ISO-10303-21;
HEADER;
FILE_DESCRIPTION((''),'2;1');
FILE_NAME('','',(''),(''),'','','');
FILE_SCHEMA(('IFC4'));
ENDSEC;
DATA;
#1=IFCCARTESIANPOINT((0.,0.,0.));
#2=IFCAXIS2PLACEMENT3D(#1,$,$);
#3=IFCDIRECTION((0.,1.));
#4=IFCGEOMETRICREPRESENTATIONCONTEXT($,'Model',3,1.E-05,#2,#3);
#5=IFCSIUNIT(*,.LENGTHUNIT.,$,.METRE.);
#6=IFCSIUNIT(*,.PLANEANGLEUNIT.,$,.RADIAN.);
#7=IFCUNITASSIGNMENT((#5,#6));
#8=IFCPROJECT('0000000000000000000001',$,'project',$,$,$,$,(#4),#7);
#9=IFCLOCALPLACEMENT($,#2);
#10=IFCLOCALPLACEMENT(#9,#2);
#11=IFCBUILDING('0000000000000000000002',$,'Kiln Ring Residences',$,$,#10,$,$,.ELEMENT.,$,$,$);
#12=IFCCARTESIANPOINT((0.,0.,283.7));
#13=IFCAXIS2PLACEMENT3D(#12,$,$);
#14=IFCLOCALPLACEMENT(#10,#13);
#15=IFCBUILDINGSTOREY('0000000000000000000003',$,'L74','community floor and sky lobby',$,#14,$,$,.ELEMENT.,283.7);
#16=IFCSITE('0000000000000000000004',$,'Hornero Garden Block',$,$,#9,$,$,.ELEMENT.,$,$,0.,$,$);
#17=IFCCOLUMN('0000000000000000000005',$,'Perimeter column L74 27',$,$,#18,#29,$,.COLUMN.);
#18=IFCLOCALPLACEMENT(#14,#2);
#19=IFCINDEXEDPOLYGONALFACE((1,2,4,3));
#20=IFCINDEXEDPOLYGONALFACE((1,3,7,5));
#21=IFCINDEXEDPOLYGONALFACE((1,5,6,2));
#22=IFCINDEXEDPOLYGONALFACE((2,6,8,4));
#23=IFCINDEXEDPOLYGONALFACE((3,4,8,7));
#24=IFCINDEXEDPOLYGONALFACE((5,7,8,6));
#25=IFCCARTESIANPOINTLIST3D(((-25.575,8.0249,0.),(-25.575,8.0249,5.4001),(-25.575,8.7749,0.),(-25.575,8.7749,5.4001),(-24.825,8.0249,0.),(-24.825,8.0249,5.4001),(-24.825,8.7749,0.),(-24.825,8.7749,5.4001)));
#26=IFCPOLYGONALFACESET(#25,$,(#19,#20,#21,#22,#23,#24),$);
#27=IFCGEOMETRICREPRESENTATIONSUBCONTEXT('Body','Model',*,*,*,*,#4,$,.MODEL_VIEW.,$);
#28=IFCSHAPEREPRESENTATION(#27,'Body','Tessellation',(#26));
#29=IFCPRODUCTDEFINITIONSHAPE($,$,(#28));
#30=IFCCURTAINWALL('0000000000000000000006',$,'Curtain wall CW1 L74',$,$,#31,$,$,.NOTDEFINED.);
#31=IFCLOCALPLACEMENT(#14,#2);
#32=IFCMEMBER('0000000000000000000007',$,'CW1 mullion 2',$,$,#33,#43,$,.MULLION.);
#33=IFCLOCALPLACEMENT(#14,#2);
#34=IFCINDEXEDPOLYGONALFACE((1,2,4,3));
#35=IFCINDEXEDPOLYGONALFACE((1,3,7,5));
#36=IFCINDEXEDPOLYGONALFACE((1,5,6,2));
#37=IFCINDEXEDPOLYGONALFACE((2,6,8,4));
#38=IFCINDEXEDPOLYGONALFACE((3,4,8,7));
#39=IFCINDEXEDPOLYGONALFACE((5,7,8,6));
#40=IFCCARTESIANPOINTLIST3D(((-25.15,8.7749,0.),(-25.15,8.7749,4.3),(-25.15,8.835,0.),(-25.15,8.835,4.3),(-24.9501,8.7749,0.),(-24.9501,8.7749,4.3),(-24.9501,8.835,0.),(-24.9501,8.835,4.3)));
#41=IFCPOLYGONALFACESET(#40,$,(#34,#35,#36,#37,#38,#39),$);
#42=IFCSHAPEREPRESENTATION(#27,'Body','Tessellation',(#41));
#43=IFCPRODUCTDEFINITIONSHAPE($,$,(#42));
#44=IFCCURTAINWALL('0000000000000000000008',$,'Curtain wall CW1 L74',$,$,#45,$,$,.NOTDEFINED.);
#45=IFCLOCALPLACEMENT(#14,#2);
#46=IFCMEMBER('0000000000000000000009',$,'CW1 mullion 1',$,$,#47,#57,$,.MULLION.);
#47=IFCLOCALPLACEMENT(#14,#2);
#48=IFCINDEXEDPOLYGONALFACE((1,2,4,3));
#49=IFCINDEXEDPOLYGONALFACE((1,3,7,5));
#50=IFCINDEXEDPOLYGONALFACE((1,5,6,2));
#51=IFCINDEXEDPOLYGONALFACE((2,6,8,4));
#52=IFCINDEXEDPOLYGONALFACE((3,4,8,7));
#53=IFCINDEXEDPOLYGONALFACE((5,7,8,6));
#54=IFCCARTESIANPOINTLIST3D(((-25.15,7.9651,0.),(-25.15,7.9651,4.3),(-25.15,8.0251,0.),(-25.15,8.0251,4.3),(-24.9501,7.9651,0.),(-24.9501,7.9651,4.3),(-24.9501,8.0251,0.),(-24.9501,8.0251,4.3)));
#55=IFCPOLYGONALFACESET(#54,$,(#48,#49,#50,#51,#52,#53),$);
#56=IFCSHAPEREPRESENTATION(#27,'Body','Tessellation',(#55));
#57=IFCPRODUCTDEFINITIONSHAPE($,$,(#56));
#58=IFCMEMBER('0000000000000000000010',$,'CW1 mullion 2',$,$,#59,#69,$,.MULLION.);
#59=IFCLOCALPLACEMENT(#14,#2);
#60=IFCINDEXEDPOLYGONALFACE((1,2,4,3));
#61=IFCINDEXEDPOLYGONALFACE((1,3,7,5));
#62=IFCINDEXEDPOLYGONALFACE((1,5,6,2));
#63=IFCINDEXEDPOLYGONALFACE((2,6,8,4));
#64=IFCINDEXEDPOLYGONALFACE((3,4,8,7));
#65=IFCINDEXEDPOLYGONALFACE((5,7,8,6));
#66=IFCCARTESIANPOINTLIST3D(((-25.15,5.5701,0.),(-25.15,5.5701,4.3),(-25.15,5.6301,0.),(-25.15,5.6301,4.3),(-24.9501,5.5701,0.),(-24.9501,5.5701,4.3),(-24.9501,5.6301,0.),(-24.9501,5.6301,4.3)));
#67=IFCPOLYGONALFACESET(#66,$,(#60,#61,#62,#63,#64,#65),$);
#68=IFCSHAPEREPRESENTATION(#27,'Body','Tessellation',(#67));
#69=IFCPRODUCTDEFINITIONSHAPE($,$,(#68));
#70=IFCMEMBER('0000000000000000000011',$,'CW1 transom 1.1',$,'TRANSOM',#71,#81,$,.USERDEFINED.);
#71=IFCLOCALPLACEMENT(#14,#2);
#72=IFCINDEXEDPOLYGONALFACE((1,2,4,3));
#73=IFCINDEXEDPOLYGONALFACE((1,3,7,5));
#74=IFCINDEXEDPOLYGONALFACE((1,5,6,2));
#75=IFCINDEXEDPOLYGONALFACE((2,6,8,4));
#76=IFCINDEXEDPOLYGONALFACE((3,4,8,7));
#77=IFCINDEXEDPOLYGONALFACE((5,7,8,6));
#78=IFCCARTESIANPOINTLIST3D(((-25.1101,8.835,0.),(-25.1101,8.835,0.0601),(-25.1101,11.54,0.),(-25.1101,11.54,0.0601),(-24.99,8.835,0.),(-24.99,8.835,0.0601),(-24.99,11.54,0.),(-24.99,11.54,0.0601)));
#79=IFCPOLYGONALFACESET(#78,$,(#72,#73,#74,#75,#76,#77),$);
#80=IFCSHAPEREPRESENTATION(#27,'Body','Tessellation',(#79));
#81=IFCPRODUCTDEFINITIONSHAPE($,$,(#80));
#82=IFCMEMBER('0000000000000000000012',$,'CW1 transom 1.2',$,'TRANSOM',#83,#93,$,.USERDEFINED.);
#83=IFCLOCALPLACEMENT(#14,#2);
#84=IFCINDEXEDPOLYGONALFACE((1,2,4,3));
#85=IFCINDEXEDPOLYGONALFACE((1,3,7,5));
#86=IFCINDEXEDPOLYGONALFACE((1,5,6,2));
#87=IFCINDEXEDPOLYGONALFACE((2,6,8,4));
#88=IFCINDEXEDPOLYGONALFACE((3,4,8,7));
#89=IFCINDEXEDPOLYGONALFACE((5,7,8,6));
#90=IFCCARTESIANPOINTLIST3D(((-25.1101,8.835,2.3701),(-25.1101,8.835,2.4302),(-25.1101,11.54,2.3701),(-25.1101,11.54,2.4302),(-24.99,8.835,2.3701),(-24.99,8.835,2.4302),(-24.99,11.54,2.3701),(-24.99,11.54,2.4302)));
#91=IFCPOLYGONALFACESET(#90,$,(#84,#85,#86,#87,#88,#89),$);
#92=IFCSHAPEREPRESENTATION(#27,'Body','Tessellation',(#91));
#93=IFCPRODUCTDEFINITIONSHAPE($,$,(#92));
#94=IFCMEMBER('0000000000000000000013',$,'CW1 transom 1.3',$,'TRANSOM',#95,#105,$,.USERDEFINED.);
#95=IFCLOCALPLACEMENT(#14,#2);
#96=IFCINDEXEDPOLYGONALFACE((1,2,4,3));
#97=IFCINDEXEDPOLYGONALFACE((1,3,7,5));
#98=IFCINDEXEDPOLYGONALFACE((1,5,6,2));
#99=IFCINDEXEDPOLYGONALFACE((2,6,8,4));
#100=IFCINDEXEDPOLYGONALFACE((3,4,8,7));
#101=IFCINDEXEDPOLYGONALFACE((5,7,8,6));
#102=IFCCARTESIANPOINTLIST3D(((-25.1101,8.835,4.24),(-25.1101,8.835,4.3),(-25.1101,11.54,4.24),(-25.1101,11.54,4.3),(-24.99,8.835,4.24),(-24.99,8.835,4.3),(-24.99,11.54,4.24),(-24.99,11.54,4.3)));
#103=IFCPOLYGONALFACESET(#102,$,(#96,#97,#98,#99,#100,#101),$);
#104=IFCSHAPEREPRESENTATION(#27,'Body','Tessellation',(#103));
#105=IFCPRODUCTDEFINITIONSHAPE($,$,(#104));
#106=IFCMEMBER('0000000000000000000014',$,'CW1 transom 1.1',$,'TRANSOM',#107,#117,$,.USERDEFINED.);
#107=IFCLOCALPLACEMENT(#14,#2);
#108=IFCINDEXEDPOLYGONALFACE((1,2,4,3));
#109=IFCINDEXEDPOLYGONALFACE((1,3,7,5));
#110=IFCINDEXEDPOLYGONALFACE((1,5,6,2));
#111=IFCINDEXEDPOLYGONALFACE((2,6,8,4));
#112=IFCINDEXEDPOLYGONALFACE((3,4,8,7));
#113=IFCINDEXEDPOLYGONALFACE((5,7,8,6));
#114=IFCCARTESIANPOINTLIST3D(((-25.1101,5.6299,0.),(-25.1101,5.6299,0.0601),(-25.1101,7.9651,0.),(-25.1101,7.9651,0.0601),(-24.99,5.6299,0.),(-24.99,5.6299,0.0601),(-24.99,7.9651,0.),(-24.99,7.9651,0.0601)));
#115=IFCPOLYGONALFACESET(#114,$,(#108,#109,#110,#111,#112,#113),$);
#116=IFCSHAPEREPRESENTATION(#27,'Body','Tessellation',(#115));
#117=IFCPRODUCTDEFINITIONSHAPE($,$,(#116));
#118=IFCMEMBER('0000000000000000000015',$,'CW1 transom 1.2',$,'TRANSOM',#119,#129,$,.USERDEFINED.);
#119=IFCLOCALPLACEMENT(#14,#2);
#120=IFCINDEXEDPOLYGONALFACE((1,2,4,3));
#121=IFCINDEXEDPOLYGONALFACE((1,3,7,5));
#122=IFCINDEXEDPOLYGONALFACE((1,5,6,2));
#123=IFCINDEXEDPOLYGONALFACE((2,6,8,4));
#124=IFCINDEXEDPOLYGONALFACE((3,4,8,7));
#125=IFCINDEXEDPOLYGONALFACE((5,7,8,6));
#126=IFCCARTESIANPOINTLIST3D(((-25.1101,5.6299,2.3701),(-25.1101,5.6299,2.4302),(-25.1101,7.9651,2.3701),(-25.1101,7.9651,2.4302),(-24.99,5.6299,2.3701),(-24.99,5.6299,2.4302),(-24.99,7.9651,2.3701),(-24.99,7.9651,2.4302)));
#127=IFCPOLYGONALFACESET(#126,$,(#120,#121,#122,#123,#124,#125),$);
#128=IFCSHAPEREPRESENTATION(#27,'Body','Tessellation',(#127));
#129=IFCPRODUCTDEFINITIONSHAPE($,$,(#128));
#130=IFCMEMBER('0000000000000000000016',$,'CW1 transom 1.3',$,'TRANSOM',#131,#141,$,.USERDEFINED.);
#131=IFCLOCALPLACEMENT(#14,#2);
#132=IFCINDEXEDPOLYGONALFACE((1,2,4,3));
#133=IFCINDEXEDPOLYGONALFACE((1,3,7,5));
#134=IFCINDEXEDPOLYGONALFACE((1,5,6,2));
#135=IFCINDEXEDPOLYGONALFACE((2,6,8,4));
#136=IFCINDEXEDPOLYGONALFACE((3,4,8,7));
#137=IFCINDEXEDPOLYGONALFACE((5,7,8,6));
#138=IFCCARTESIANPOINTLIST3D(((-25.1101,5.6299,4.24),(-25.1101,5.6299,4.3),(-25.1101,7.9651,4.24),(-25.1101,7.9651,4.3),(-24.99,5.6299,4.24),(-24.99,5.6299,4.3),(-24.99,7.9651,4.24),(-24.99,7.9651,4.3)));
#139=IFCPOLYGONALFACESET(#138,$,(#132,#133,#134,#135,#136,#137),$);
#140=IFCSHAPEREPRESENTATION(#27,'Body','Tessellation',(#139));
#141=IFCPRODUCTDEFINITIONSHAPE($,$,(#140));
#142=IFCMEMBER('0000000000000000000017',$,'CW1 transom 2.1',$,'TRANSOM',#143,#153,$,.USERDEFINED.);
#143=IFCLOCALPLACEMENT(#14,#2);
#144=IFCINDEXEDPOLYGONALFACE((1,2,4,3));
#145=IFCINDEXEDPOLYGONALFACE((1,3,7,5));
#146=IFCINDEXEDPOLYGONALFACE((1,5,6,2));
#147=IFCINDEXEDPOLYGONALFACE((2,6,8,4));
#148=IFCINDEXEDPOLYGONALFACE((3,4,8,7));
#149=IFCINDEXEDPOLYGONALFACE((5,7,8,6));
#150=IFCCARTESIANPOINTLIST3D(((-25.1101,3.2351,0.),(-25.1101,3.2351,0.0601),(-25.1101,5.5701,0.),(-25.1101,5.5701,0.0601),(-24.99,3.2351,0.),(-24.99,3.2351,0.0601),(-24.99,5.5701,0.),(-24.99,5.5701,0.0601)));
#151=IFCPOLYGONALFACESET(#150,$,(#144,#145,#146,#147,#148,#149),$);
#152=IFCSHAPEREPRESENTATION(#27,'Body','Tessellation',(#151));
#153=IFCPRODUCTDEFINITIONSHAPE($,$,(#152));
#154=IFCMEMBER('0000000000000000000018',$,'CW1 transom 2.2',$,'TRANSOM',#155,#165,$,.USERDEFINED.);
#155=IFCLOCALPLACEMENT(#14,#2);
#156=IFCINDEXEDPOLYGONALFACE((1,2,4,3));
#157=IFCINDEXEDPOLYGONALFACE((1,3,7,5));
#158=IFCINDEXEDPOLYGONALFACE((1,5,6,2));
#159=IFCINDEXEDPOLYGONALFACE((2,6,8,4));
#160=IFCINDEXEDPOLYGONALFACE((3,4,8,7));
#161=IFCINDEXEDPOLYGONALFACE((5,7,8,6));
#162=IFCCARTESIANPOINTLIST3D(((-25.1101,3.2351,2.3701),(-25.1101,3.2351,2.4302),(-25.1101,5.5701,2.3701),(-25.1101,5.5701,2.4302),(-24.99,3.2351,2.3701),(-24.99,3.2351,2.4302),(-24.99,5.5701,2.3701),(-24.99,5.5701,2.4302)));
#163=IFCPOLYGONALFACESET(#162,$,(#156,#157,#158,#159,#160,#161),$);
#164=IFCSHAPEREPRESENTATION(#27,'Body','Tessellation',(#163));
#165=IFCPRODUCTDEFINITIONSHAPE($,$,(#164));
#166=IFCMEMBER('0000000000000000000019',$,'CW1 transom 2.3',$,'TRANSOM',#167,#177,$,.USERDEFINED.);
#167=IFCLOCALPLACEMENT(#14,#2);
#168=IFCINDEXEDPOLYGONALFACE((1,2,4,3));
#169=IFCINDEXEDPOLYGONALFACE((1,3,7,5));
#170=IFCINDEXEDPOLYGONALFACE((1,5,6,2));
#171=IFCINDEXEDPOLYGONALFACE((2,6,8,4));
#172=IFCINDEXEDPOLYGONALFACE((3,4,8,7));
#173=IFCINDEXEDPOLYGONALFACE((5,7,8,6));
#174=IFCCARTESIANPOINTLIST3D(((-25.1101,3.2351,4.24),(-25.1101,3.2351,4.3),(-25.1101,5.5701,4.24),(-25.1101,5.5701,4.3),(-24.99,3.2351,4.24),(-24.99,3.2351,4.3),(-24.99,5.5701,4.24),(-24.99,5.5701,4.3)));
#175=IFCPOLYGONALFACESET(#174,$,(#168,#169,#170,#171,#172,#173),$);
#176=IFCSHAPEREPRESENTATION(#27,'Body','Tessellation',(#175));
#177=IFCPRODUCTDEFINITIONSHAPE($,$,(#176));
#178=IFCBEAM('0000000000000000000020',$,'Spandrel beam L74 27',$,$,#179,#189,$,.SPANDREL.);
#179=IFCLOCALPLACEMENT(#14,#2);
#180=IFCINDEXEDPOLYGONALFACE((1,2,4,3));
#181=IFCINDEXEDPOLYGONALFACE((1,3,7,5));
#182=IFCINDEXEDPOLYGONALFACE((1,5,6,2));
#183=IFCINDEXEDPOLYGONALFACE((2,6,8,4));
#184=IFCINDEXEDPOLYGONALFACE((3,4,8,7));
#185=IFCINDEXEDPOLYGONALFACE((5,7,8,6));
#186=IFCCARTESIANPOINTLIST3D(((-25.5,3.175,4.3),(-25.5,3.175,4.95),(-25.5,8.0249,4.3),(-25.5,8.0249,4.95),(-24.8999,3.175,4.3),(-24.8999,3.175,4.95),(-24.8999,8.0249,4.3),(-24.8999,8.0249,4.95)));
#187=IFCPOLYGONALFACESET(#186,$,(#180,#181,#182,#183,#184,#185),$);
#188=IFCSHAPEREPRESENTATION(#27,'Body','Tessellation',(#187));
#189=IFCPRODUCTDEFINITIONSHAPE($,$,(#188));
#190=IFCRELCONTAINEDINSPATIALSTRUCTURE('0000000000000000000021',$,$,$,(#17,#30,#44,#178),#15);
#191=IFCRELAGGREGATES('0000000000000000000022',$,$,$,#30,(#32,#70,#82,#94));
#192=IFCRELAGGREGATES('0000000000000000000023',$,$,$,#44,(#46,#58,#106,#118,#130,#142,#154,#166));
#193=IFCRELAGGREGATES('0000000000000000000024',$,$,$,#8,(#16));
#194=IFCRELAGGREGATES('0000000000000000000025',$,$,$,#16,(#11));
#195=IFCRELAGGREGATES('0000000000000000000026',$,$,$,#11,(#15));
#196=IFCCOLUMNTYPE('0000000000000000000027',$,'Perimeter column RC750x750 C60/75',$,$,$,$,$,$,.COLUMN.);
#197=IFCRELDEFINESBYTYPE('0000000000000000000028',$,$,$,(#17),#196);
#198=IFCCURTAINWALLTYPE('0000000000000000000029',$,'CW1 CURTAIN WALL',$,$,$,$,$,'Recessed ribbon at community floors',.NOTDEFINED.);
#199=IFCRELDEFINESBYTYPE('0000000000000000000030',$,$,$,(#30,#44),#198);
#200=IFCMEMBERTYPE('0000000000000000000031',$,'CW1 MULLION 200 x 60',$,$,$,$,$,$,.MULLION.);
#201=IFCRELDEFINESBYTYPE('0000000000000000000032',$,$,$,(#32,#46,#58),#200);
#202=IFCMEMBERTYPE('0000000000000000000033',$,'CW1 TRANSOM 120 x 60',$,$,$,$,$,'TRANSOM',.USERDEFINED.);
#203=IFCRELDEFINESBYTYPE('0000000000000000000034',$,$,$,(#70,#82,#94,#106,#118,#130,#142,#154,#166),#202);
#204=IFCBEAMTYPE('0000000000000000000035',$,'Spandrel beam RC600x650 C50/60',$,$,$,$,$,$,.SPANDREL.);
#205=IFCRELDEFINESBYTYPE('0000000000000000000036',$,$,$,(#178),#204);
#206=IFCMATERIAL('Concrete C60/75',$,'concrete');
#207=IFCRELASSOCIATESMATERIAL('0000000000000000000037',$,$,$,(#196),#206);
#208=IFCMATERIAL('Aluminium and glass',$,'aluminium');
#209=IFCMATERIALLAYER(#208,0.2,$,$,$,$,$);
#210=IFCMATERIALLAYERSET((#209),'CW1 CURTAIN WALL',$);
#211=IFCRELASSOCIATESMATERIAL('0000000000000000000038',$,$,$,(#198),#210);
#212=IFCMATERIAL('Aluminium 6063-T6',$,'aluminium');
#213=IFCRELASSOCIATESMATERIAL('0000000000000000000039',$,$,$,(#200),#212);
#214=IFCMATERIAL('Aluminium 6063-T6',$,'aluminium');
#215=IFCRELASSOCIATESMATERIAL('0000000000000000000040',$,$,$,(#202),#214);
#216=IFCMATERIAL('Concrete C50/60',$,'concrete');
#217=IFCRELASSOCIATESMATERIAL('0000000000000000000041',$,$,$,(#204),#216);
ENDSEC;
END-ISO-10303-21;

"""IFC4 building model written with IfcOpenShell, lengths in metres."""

from ifc_helpers import new_model, si_unit, direction, frame, origin, origin_2d, place, context, subcontext, project, spatial, rectangle, extrude, material, layer, layer_set, material_profile, profile_set, type_object, element, aggregate, save


model = new_model("IFC4")

# Units and contexts
model_context = context("Model", 3, precision=1e-05, world=origin(), true_north=direction((0.0, 1.0)))
body_context = subcontext(model_context, "Body", "Model", "MODEL_VIEW")
ifc_project = project(units=[si_unit("LENGTHUNIT", "METRE"), si_unit("PLANEANGLEUNIT", "RADIAN")], contexts=[model_context])

# Site, building, storey
site_placement = place(None, origin())
site = spatial("IfcSite", under=ifc_project, at=site_placement, Name="Hornero Garden Block", CompositionType="ELEMENT", RefElevation=0.0)
building_placement = place(site_placement, origin())
building = spatial("IfcBuilding", under=site, at=building_placement, Name="Kiln Ring Residences", CompositionType="ELEMENT")
storey_placement = place(building_placement, frame((0.0, 0.0, 283.7)))
storey = spatial("IfcBuildingStorey", under=building, at=storey_placement, Name="L74", Description="community floor and sky lobby", CompositionType="ELEMENT", Elevation=283.7)

# Column
ifc_material_1 = material(Name="Concrete C60/75", Category="concrete")
ifc_material_profile_1 = material_profile(ifc_material_1, rectangle(XDim=0.75, YDim=0.75, at=origin_2d()), Name="RC750x750")
ifc_profile_set_1 = profile_set([ifc_material_profile_1], Name="Concrete C60/75")
column_type = type_object("IfcColumnType", Name="Perimeter column RC750x750 C60/75", PredefinedType="COLUMN", material=ifc_profile_set_1)
column_placement = place(storey_placement, frame((-25.2, 8.3999, 0.0), z_axis=(0.0, 0.0, 1.0), x_axis=(1.0, 0.0, 0.0)))
element("IfcColumn", 1, at=column_placement, inside=storey, type_object=column_type, Name="Perimeter column L74 27", PredefinedType="COLUMN", context=body_context, shape_type="SweptSolid", body=[
    extrude(rectangle(XDim=0.75, YDim=0.75, at=origin_2d()), origin(), (0.0, 0.0, 1.0), 5.4001),
])

# Curtain wall, member
ifc_material_2 = material(Name="Aluminium and glass", Category="aluminium")
ifc_layer_1 = layer(ifc_material_2, 0.2)
ifc_layer_set_1 = layer_set([ifc_layer_1], Name="CW1 CURTAIN WALL")
curtain_wall_type = type_object("IfcCurtainWallType", Name="CW1 CURTAIN WALL", ElementType="Recessed ribbon at community floors", PredefinedType="NOTDEFINED", material=ifc_layer_set_1)
placement = place(storey_placement, origin())
curtain_wall_1 = element("IfcCurtainWall", 2, at=placement, inside=storey, type_object=curtain_wall_type, Name="Curtain wall CW1 L74", PredefinedType="NOTDEFINED")
ifc_material_3 = material(Name="Aluminium 6063-T6", Category="aluminium")
ifc_material_profile_2 = material_profile(ifc_material_3, rectangle(XDim=0.2, YDim=0.0601, at=origin_2d()), Name="AL 200x60")
ifc_profile_set_2 = profile_set([ifc_material_profile_2], Name="Aluminium 6063-T6")
member_type_1 = type_object("IfcMemberType", Name="CW1 MULLION 200 x 60", PredefinedType="MULLION", material=ifc_profile_set_2)
member_1_placement = place(storey_placement, frame((-25.05, 8.8049, 0.0), z_axis=(0.0, 0.0, 1.0), x_axis=(1.0, 0.0, 0.0)))
member_1 = element("IfcMember", 3, at=member_1_placement, type_object=member_type_1, Name="CW1 mullion 2", PredefinedType="MULLION", context=body_context, shape_type="SweptSolid", body=[
    extrude(rectangle(XDim=0.2, YDim=0.0601, at=origin_2d()), origin(), (0.0, 0.0, 1.0), 4.3),
])

# Curtain wall, members
curtain_wall_2 = element("IfcCurtainWall", 4, at=placement, inside=storey, type_object=curtain_wall_type, Name="Curtain wall CW1 L74", PredefinedType="NOTDEFINED")
member_2_placement = place(storey_placement, frame((-25.05, 7.9951, 0.0), z_axis=(0.0, 0.0, 1.0), x_axis=(1.0, 0.0, 0.0)))
member_2 = element("IfcMember", 5, at=member_2_placement, type_object=member_type_1, Name="CW1 mullion 1", PredefinedType="MULLION", context=body_context, shape_type="SweptSolid", body=[
    extrude(rectangle(XDim=0.2, YDim=0.0601, at=origin_2d()), origin(), (0.0, 0.0, 1.0), 4.3),
])
member_3_placement = place(storey_placement, frame((-25.05, 5.6001, 0.0), z_axis=(0.0, 0.0, 1.0), x_axis=(1.0, 0.0, 0.0)))
member_3 = element("IfcMember", 6, at=member_3_placement, type_object=member_type_1, Name="CW1 mullion 2", PredefinedType="MULLION", context=body_context, shape_type="SweptSolid", body=[
    extrude(rectangle(XDim=0.2, YDim=0.0601, at=origin_2d()), origin(), (0.0, 0.0, 1.0), 4.3),
])

# Members
ifc_material_4 = material(Name="Aluminium 6063-T6", Category="aluminium")
ifc_material_profile_3 = material_profile(ifc_material_4, rectangle(XDim=0.1201, YDim=0.0601, at=origin_2d()), Name="AL 120x60")
ifc_profile_set_3 = profile_set([ifc_material_profile_3], Name="Aluminium 6063-T6")
member_type_2 = type_object("IfcMemberType", Name="CW1 TRANSOM 120 x 60", ElementType="TRANSOM", PredefinedType="USERDEFINED", material=ifc_profile_set_3)
member_4_placement = place(storey_placement, frame((-25.05, 11.54, 0.03), z_axis=(0.0, -1.0, 0.0), x_axis=(1.0, 0.0, 0.0)))
member_4 = element("IfcMember", 7, at=member_4_placement, type_object=member_type_2, Name="CW1 transom 1.1", ObjectType="TRANSOM", PredefinedType="USERDEFINED", context=body_context, shape_type="SweptSolid", body=[
    extrude(rectangle(XDim=0.1201, YDim=0.0601, at=origin_2d()), origin(), (0.0, 0.0, 1.0), 2.7051),
])
member_5_placement = place(storey_placement, frame((-25.05, 11.54, 2.4001), z_axis=(0.0, -1.0, 0.0), x_axis=(1.0, 0.0, 0.0)))
member_5 = element("IfcMember", 8, at=member_5_placement, type_object=member_type_2, Name="CW1 transom 1.2", ObjectType="TRANSOM", PredefinedType="USERDEFINED", context=body_context, shape_type="SweptSolid", body=[
    extrude(rectangle(XDim=0.1201, YDim=0.0601, at=origin_2d()), origin(), (0.0, 0.0, 1.0), 2.7051),
])
member_6_placement = place(storey_placement, frame((-25.05, 11.54, 4.27), z_axis=(0.0, -1.0, 0.0), x_axis=(1.0, 0.0, 0.0)))
member_6 = element("IfcMember", 9, at=member_6_placement, type_object=member_type_2, Name="CW1 transom 1.3", ObjectType="TRANSOM", PredefinedType="USERDEFINED", context=body_context, shape_type="SweptSolid", body=[
    extrude(rectangle(XDim=0.1201, YDim=0.0601, at=origin_2d()), origin(), (0.0, 0.0, 1.0), 2.7051),
])
member_7_placement = place(storey_placement, frame((-25.05, 7.9651, 0.03), z_axis=(0.0, -1.0, 0.0), x_axis=(1.0, 0.0, 0.0)))
member_7 = element("IfcMember", 10, at=member_7_placement, type_object=member_type_2, Name="CW1 transom 1.1", ObjectType="TRANSOM", PredefinedType="USERDEFINED", context=body_context, shape_type="SweptSolid", body=[
    extrude(rectangle(XDim=0.1201, YDim=0.0601, at=origin_2d()), origin(), (0.0, 0.0, 1.0), 2.3352),
])
member_8_placement = place(storey_placement, frame((-25.05, 7.9651, 2.4001), z_axis=(0.0, -1.0, 0.0), x_axis=(1.0, 0.0, 0.0)))
member_8 = element("IfcMember", 11, at=member_8_placement, type_object=member_type_2, Name="CW1 transom 1.2", ObjectType="TRANSOM", PredefinedType="USERDEFINED", context=body_context, shape_type="SweptSolid", body=[
    extrude(rectangle(XDim=0.1201, YDim=0.0601, at=origin_2d()), origin(), (0.0, 0.0, 1.0), 2.3352),
])
member_9_placement = place(storey_placement, frame((-25.05, 7.9651, 4.27), z_axis=(0.0, -1.0, 0.0), x_axis=(1.0, 0.0, 0.0)))
member_9 = element("IfcMember", 12, at=member_9_placement, type_object=member_type_2, Name="CW1 transom 1.3", ObjectType="TRANSOM", PredefinedType="USERDEFINED", context=body_context, shape_type="SweptSolid", body=[
    extrude(rectangle(XDim=0.1201, YDim=0.0601, at=origin_2d()), origin(), (0.0, 0.0, 1.0), 2.3352),
])
member_10_placement = place(storey_placement, frame((-25.05, 5.5701, 0.03), z_axis=(0.0, -1.0, 0.0), x_axis=(1.0, 0.0, 0.0)))
member_10 = element("IfcMember", 13, at=member_10_placement, type_object=member_type_2, Name="CW1 transom 2.1", ObjectType="TRANSOM", PredefinedType="USERDEFINED", context=body_context, shape_type="SweptSolid", body=[
    extrude(rectangle(XDim=0.1201, YDim=0.0601, at=origin_2d()), origin(), (0.0, 0.0, 1.0), 2.335),
])
member_11_placement = place(storey_placement, frame((-25.05, 5.5701, 2.4001), z_axis=(0.0, -1.0, 0.0), x_axis=(1.0, 0.0, 0.0)))
member_11 = element("IfcMember", 14, at=member_11_placement, type_object=member_type_2, Name="CW1 transom 2.2", ObjectType="TRANSOM", PredefinedType="USERDEFINED", context=body_context, shape_type="SweptSolid", body=[
    extrude(rectangle(XDim=0.1201, YDim=0.0601, at=origin_2d()), origin(), (0.0, 0.0, 1.0), 2.335),
])
member_12_placement = place(storey_placement, frame((-25.05, 5.5701, 4.27), z_axis=(0.0, -1.0, 0.0), x_axis=(1.0, 0.0, 0.0)))
member_12 = element("IfcMember", 15, at=member_12_placement, type_object=member_type_2, Name="CW1 transom 2.3", ObjectType="TRANSOM", PredefinedType="USERDEFINED", context=body_context, shape_type="SweptSolid", body=[
    extrude(rectangle(XDim=0.1201, YDim=0.0601, at=origin_2d()), origin(), (0.0, 0.0, 1.0), 2.335),
])

# Beam
ifc_material_5 = material(Name="Concrete C50/60", Category="concrete")
ifc_material_profile_4 = material_profile(ifc_material_5, rectangle(XDim=0.6001, YDim=0.6499, at=origin_2d()), Name="RC600x650")
ifc_profile_set_4 = profile_set([ifc_material_profile_4], Name="Concrete C50/60")
beam_type = type_object("IfcBeamType", Name="Spandrel beam RC600x650 C50/60", PredefinedType="SPANDREL", material=ifc_profile_set_4)
beam_placement = place(storey_placement, frame((-25.2, 8.0249, 4.625), z_axis=(0.0, -1.0, 0.0), x_axis=(1.0, 0.0, 0.0)))
element("IfcBeam", 16, at=beam_placement, inside=storey, type_object=beam_type, Name="Spandrel beam L74 27", PredefinedType="SPANDREL", context=body_context, shape_type="SweptSolid", body=[
    extrude(rectangle(XDim=0.6001, YDim=0.6499, at=origin_2d()), origin(), (0.0, 0.0, 1.0), 4.8499),
])

aggregate(curtain_wall_1, [member_1, member_4, member_5, member_6])
aggregate(curtain_wall_2, [member_2, member_3, member_7, member_8, member_9, member_10, member_11, member_12])

save(model, "model.ifc")
